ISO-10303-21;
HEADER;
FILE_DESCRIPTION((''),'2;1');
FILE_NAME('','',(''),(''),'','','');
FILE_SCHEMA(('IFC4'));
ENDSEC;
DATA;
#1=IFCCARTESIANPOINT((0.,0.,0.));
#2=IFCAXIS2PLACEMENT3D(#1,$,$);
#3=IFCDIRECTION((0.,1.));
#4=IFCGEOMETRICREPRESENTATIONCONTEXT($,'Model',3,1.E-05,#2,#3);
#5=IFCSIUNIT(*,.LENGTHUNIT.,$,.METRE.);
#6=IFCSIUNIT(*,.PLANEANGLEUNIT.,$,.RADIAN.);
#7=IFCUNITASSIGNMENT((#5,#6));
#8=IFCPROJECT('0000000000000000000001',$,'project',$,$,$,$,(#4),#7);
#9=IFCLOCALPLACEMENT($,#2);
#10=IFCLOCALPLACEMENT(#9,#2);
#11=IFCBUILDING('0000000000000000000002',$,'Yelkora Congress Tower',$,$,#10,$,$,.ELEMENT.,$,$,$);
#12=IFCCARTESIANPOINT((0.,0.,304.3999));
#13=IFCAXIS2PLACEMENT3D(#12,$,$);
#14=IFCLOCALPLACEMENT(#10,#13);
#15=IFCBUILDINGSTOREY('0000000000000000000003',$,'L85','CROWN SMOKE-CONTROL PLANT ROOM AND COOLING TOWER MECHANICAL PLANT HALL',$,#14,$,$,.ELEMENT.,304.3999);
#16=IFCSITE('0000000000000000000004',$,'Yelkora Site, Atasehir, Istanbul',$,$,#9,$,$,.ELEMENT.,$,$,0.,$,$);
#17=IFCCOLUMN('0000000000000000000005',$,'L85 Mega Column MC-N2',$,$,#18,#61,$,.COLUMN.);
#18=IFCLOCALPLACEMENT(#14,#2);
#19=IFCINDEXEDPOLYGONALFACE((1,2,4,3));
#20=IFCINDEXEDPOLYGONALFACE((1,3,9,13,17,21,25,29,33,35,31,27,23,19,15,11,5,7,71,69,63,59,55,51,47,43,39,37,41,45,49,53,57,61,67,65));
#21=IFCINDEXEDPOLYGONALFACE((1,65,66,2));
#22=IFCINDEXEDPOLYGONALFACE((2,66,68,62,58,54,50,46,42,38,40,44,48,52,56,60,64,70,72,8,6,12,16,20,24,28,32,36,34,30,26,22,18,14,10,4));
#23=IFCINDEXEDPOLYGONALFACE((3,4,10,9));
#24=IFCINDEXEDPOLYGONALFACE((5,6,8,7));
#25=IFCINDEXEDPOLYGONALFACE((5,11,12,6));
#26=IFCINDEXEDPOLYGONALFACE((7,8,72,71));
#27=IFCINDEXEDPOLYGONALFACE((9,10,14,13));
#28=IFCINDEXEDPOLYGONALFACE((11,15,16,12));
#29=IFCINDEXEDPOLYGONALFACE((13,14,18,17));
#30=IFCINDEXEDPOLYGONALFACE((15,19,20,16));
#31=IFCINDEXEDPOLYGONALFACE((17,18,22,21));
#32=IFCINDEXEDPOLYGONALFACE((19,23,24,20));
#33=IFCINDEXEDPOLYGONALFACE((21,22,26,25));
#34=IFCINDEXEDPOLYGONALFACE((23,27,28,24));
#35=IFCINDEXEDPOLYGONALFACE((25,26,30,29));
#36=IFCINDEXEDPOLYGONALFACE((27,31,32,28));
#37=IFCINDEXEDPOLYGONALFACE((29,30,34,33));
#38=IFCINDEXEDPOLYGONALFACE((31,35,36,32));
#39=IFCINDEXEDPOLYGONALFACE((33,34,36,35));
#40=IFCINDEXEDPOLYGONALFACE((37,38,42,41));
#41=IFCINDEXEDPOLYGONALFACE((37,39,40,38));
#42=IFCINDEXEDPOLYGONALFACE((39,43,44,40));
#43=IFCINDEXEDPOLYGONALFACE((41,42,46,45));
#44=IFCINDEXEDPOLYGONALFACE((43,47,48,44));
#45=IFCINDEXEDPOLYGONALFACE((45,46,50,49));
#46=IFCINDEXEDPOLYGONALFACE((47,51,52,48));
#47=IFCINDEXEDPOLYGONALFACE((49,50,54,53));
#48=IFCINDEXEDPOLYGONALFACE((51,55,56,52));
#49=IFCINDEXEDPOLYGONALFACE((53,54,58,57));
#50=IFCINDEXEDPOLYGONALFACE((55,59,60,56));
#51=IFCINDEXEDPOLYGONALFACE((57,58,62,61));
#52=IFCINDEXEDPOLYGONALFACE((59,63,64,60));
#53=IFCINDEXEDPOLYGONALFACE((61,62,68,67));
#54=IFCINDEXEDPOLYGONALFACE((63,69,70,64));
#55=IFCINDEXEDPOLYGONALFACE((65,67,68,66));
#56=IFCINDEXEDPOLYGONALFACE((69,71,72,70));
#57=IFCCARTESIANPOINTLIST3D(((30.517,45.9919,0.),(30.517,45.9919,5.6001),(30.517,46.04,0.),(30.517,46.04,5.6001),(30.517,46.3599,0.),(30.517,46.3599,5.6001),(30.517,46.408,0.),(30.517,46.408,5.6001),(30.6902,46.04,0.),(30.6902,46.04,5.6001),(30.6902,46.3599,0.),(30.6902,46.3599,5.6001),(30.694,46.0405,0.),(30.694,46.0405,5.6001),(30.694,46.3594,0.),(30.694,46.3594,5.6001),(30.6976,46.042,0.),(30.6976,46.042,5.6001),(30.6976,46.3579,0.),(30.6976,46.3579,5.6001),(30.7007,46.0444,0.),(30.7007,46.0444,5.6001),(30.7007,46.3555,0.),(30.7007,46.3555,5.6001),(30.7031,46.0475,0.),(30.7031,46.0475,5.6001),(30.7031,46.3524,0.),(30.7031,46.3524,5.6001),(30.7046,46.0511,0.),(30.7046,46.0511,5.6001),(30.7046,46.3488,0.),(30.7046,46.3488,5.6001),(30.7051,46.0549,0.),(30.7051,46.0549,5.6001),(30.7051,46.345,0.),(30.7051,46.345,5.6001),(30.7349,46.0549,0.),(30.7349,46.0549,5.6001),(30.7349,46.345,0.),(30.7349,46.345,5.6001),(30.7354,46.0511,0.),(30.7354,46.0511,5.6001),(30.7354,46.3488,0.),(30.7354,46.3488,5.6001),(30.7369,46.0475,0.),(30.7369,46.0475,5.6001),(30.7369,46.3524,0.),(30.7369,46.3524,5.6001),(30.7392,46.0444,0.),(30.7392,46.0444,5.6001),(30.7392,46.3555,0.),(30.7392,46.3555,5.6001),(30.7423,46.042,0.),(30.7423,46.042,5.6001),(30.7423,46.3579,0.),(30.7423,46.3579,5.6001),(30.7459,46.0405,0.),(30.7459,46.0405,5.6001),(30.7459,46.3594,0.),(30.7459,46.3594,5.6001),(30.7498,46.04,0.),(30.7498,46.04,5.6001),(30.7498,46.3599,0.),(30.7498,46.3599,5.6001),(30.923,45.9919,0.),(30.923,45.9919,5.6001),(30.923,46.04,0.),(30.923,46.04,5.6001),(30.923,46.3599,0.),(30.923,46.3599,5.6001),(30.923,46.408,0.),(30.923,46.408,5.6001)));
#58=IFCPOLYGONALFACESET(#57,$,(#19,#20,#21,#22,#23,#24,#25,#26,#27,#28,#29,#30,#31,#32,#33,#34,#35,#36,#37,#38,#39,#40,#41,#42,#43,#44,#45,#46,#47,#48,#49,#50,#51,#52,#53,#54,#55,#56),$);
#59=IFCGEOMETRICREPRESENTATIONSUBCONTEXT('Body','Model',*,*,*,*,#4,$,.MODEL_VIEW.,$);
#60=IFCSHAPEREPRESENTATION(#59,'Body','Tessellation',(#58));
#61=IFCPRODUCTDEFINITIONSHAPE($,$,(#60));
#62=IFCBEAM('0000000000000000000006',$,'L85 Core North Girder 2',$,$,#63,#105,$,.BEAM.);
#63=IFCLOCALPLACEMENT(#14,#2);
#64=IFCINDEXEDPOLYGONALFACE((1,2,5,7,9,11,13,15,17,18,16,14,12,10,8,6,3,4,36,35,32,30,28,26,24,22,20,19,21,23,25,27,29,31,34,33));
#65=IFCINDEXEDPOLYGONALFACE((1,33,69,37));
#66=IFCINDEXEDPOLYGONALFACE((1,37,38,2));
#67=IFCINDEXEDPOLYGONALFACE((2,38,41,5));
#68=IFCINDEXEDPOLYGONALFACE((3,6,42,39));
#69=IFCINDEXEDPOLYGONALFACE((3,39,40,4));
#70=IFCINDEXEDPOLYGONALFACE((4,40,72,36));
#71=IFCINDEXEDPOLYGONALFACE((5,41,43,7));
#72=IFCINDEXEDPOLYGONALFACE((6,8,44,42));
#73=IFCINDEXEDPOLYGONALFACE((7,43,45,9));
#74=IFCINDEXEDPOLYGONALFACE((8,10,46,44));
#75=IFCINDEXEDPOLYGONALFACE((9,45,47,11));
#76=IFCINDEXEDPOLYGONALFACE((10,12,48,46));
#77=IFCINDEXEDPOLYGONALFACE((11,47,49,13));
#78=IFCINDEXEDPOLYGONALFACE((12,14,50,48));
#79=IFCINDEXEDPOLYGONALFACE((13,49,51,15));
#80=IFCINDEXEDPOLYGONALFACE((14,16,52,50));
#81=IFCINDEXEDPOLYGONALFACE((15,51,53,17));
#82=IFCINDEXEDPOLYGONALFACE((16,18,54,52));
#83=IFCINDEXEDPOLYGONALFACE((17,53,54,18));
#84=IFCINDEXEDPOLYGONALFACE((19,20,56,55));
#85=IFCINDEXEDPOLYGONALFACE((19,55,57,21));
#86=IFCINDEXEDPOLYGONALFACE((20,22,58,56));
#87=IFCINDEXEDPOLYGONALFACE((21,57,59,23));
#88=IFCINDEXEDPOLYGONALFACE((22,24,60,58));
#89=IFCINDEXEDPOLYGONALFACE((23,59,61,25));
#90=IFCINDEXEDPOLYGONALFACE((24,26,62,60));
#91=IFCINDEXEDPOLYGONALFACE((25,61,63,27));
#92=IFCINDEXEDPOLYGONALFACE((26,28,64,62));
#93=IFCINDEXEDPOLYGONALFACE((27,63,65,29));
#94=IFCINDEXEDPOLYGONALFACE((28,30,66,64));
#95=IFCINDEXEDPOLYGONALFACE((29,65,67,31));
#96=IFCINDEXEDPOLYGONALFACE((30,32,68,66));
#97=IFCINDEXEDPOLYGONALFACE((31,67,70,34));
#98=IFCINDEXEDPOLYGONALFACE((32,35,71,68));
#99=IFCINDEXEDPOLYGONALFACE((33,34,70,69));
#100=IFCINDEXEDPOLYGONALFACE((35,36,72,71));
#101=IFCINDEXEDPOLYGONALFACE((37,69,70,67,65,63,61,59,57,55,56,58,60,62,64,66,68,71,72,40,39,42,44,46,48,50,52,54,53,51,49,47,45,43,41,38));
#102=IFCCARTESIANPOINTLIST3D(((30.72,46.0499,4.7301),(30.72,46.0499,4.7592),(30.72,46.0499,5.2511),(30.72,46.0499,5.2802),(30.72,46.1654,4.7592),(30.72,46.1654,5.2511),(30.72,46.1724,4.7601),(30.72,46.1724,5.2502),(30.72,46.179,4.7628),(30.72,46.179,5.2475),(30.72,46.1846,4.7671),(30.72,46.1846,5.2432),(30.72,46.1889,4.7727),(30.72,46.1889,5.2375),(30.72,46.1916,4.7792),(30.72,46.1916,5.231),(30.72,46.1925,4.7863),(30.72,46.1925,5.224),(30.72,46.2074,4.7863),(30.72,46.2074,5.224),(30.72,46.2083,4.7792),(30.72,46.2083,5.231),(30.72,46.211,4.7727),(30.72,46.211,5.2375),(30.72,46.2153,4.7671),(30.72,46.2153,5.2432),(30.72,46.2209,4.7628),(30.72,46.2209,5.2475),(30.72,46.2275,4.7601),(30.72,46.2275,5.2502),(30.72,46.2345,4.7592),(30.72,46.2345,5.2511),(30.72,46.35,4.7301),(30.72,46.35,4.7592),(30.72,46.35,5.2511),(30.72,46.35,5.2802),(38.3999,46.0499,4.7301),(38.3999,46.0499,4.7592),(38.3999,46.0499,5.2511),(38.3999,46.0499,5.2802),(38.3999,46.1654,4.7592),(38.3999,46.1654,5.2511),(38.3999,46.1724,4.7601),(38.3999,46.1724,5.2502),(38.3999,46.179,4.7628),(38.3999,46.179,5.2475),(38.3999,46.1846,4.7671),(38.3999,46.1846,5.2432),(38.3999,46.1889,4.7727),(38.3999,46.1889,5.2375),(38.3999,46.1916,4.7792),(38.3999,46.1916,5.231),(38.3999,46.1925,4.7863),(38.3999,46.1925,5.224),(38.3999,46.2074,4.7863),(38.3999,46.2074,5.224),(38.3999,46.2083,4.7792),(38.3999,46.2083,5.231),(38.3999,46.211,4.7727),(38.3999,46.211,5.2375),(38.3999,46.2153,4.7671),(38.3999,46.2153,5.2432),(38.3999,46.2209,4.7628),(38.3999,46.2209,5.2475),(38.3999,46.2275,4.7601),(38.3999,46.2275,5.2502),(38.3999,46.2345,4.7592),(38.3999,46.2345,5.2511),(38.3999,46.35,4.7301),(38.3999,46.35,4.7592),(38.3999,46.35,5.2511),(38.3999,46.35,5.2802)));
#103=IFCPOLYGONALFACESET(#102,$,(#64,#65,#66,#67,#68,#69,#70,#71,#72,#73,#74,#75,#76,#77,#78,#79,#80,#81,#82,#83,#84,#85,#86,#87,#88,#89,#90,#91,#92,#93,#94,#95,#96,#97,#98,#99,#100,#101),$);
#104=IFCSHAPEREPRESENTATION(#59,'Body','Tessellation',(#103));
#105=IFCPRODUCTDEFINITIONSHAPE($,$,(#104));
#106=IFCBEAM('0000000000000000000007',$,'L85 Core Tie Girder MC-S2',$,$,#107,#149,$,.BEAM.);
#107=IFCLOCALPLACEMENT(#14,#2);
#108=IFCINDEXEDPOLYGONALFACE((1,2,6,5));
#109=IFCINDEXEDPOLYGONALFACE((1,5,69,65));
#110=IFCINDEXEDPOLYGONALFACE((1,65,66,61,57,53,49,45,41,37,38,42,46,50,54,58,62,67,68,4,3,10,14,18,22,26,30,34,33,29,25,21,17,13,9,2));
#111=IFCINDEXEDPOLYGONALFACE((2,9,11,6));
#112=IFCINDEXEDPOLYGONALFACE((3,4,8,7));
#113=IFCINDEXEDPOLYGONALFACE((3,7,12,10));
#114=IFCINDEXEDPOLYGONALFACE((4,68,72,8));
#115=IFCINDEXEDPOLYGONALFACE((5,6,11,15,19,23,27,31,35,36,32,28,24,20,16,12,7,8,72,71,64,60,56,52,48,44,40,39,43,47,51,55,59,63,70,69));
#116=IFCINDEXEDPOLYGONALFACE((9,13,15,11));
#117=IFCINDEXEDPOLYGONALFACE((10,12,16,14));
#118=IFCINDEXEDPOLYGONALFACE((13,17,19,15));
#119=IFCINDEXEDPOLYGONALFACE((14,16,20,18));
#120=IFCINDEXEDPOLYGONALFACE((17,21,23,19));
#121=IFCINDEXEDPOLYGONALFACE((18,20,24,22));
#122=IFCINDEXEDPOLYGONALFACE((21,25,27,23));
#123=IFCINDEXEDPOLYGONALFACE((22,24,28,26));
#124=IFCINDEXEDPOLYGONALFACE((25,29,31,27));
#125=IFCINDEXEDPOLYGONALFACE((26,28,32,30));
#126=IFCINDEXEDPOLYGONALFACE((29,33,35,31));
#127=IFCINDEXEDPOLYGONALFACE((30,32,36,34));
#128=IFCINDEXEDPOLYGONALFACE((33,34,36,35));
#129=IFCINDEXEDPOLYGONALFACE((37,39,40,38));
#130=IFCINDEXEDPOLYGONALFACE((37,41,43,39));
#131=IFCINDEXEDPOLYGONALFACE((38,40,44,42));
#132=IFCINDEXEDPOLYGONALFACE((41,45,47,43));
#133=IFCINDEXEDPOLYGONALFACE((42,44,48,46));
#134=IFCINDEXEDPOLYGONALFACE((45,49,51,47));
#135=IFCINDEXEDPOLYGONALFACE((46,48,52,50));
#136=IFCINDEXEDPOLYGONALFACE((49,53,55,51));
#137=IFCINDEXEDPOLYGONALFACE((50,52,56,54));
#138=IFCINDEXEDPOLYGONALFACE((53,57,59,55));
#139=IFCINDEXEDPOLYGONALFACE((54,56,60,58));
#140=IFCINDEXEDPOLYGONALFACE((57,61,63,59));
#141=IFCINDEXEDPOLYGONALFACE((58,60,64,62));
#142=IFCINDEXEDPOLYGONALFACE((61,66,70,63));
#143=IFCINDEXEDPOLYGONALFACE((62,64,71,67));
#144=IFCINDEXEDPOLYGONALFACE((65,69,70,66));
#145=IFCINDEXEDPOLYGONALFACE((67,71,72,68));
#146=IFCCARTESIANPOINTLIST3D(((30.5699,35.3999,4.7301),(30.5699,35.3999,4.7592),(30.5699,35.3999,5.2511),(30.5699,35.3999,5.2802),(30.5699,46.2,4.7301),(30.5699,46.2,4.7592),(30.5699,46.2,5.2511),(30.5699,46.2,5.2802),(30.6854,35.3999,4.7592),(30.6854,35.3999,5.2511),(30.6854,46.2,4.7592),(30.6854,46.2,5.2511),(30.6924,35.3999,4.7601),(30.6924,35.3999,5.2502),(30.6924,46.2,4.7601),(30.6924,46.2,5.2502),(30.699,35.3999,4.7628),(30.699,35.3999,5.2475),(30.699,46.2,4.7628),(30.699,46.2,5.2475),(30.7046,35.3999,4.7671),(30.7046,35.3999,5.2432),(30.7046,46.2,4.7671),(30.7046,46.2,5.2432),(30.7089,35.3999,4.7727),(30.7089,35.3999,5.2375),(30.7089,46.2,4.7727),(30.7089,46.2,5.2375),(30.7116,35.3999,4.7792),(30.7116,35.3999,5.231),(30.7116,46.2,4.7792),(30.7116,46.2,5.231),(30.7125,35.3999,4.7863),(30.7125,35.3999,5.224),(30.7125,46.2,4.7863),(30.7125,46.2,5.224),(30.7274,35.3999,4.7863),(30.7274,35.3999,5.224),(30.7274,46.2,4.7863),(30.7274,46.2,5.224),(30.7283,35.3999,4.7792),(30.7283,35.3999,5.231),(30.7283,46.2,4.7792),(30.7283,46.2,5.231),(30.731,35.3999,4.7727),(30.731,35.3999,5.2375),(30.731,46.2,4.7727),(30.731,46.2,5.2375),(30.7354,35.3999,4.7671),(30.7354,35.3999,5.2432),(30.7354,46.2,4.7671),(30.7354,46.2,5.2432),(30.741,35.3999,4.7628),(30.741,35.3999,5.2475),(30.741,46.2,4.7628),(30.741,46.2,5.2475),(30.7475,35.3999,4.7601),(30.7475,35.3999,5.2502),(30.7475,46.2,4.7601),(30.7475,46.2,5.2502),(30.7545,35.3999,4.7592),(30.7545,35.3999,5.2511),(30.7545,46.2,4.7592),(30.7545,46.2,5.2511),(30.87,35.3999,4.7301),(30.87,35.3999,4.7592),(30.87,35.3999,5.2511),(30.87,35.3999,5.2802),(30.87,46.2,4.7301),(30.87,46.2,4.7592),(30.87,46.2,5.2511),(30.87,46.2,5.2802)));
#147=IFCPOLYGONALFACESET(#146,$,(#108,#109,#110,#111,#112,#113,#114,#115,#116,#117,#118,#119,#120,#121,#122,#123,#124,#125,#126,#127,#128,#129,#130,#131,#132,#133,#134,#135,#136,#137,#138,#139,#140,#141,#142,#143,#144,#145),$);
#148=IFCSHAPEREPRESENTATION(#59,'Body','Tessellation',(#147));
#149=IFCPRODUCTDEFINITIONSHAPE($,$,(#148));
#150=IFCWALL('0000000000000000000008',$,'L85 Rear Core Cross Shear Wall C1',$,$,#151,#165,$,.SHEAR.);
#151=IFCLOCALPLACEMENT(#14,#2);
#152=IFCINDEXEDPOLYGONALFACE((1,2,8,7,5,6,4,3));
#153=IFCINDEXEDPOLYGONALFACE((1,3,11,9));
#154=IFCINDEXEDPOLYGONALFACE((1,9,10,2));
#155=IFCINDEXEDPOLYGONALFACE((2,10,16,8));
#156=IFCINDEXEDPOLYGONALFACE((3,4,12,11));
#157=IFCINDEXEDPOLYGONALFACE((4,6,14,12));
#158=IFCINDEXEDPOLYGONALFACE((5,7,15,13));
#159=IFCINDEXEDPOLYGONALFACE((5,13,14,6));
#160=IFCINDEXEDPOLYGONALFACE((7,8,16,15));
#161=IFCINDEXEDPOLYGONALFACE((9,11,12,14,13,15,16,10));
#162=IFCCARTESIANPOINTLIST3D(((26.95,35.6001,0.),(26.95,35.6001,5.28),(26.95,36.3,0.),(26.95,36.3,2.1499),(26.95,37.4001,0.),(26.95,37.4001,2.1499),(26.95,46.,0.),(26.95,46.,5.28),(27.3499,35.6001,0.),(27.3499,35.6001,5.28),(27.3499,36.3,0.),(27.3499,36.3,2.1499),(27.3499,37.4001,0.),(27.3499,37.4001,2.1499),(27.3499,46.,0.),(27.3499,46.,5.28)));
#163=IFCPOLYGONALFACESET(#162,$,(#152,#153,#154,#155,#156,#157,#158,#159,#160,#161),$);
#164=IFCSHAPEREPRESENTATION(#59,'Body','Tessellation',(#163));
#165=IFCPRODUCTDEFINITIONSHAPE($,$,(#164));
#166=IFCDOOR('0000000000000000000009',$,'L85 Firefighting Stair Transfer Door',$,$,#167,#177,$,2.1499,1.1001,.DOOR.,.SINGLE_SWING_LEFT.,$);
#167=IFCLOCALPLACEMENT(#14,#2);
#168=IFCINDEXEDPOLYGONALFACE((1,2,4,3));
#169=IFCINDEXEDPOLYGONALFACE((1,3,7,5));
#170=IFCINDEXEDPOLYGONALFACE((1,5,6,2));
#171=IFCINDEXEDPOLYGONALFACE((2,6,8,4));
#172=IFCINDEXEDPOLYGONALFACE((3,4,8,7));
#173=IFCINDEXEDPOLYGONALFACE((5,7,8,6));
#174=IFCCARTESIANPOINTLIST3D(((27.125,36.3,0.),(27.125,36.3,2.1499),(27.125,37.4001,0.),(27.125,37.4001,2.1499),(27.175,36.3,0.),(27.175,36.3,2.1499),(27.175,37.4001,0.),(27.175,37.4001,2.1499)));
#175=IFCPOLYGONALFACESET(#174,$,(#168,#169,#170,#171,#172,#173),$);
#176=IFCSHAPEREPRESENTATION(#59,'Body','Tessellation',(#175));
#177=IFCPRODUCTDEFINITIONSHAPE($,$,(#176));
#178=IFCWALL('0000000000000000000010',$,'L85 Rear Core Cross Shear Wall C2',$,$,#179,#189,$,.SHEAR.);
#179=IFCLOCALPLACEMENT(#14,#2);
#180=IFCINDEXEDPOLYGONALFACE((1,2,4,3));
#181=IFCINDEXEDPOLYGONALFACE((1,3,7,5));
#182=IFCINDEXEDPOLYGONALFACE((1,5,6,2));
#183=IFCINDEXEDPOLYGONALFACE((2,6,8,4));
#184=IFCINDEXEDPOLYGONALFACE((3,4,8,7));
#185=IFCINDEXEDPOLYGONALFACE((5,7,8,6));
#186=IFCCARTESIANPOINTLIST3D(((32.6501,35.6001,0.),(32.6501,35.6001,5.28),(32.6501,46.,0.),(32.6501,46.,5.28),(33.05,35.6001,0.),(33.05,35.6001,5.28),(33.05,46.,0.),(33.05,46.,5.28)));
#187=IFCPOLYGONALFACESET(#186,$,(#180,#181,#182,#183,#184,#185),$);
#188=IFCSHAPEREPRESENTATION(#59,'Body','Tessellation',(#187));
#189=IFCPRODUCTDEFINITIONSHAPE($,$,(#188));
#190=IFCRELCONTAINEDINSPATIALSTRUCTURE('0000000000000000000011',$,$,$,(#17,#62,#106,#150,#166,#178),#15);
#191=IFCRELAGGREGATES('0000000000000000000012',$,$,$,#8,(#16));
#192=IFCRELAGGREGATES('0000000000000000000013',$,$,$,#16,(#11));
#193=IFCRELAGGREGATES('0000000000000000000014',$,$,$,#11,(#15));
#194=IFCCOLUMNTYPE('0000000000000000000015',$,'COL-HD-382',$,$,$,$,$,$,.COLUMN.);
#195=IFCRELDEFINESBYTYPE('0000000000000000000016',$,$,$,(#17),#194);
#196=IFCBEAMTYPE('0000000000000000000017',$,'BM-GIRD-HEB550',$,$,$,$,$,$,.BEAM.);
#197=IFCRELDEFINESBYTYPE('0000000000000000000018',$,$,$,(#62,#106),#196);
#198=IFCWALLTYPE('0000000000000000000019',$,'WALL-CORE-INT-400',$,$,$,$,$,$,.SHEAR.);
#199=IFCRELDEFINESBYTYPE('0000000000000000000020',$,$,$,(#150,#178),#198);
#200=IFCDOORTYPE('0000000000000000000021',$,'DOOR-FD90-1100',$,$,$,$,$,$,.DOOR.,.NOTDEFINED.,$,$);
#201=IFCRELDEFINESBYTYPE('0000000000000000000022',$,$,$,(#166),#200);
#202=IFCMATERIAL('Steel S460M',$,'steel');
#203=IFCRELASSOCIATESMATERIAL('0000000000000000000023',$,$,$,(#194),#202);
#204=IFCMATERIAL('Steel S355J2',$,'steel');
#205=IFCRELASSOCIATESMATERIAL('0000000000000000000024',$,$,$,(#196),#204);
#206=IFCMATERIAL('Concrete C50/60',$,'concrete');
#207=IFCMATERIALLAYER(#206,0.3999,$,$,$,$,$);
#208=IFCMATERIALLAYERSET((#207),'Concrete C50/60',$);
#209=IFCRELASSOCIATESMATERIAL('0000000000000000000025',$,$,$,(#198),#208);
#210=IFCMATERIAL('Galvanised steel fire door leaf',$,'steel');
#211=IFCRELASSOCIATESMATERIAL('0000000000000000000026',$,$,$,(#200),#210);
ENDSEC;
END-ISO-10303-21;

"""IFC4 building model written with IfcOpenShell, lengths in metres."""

from ifc_helpers import new_model, si_unit, direction, frame, frame_2d, origin, origin_2d, place, context, subcontext, project, spatial, rectangle, i_section, extrude, material, layer, layer_set, material_profile, profile_set, type_object, element, fill, save


model = new_model("IFC4")

# Units and contexts
model_context = context("Model", 3, precision=1e-05, world=origin(), true_north=direction((0.0, 1.0)))
body_context = subcontext(model_context, "Body", "Model", "MODEL_VIEW")
ifc_project = project(units=[si_unit("LENGTHUNIT", "METRE"), si_unit("PLANEANGLEUNIT", "RADIAN")], contexts=[model_context])

# Site, building, storey
site_placement = place(None, origin())
site = spatial("IfcSite", under=ifc_project, at=site_placement, Name="Yelkora Site, Atasehir, Istanbul", CompositionType="ELEMENT", RefElevation=0.0)
building_placement = place(site_placement, origin())
building = spatial("IfcBuilding", under=site, at=building_placement, Name="Yelkora Congress Tower", CompositionType="ELEMENT")
storey_placement = place(building_placement, frame((0.0, 0.0, 304.3999)))
storey = spatial("IfcBuildingStorey", under=building, at=storey_placement, Name="L85", Description="CROWN SMOKE-CONTROL PLANT ROOM AND COOLING TOWER MECHANICAL PLANT HALL", CompositionType="ELEMENT", Elevation=304.3999)

# Column
ifc_material_1 = material(Name="Steel S460M", Category="steel")
ifc_material_profile_1 = material_profile(ifc_material_1, i_section(OverallWidth=0.406, OverallDepth=0.416, WebThickness=0.0298, FlangeThickness=0.0481, FilletRadius=0.0149, at=origin_2d()), Name="HD 400x382")
ifc_profile_set_1 = profile_set([ifc_material_profile_1], Name="Steel S460M")
column_type = type_object("IfcColumnType", Name="COL-HD-382", PredefinedType="COLUMN", material=ifc_profile_set_1)
column_placement = place(storey_placement, frame((30.72, 46.2, 0.0), z_axis=(0.0, 0.0, 1.0), x_axis=(1.0, 0.0, 0.0)))
element("IfcColumn", 1, at=column_placement, inside=storey, type_object=column_type, Name="L85 Mega Column MC-N2", PredefinedType="COLUMN", context=body_context, shape_type="SweptSolid", body=[
    extrude(i_section(OverallWidth=0.406, OverallDepth=0.416, WebThickness=0.0298, FlangeThickness=0.0481, FilletRadius=0.0149, at=origin_2d()), origin(), (0.0, 0.0, 1.0), 5.6001),
])

# Beams
ifc_material_2 = material(Name="Steel S355J2", Category="steel")
ifc_material_profile_2 = material_profile(ifc_material_2, i_section(OverallWidth=0.3, OverallDepth=0.55, WebThickness=0.0149, FlangeThickness=0.0291, FilletRadius=0.0271, at=origin_2d()), Name="HEB 550")
ifc_profile_set_2 = profile_set([ifc_material_profile_2], Name="Steel S355J2")
beam_type = type_object("IfcBeamType", Name="BM-GIRD-HEB550", PredefinedType="BEAM", material=ifc_profile_set_2)
beam_1_placement = place(storey_placement, frame((30.72, 46.2, 5.0051), z_axis=(1.0, 0.0, 0.0), x_axis=(0.0, 1.0, 0.0)))
element("IfcBeam", 2, at=beam_1_placement, inside=storey, type_object=beam_type, Name="L85 Core North Girder 2", PredefinedType="BEAM", context=body_context, shape_type="SweptSolid", body=[
    extrude(i_section(OverallWidth=0.3, OverallDepth=0.55, WebThickness=0.0149, FlangeThickness=0.0291, FilletRadius=0.0271, at=origin_2d()), origin(), (0.0, 0.0, 1.0), 7.6799),
])
beam_2_placement = place(storey_placement, frame((30.72, 35.3999, 5.0051), z_axis=(0.0, 1.0, 0.0), x_axis=(-1.0, 0.0, 0.0)))
element("IfcBeam", 3, at=beam_2_placement, inside=storey, type_object=beam_type, Name="L85 Core Tie Girder MC-S2", PredefinedType="BEAM", context=body_context, shape_type="SweptSolid", body=[
    extrude(i_section(OverallWidth=0.3, OverallDepth=0.55, WebThickness=0.0149, FlangeThickness=0.0291, FilletRadius=0.0271, at=origin_2d()), origin(), (0.0, 0.0, 1.0), 10.8),
])

# Wall, opening, door
ifc_material_3 = material(Name="Concrete C50/60", Category="concrete")
ifc_layer_1 = layer(ifc_material_3, 0.3999)
ifc_layer_set_1 = layer_set([ifc_layer_1], Name="Concrete C50/60")
wall_type_1 = type_object("IfcWallType", Name="WALL-CORE-INT-400", PredefinedType="SHEAR", material=ifc_layer_set_1)
wall_1_placement = place(storey_placement, frame((27.1499, 35.6001, 0.0), z_axis=(0.0, 0.0, 1.0), x_axis=(0.0, 1.0, 0.0)))
wall_1 = element("IfcWall", 4, at=wall_1_placement, inside=storey, type_object=wall_type_1, Name="L85 Rear Core Cross Shear Wall C1", PredefinedType="SHEAR", context=body_context, shape_type="SweptSolid", body=[
    extrude(rectangle(XDim=10.3999, YDim=0.3999, at=frame_2d((5.2, 0.0))), origin(), (0.0, 0.0, 1.0), 5.28),
])
opening_1_placement = place(wall_1_placement, frame((0.7, 0.0, 0.0)))
opening_1 = element("IfcOpeningElement", 5, at=opening_1_placement, cuts=wall_1, PredefinedType="OPENING", context=body_context, shape_type="SweptSolid", body=[
    extrude(rectangle(XDim=1.1001, YDim=2.1499, at=frame_2d((0.55, 1.075))), frame((0.0, 0.21, 0.0), z_axis=(0.0, -1.0, 0.0), x_axis=(1.0, 0.0, 0.0)), (0.0, 0.0, 1.0), 0.4199),
])
ifc_material_4 = material(Name="Galvanised steel fire door leaf", Category="steel")
door_type_1 = type_object("IfcDoorType", Name="DOOR-FD90-1100", OperationType="NOTDEFINED", PredefinedType="DOOR", material=ifc_material_4)
door_1_placement = place(opening_1_placement, origin())
door_1 = element("IfcDoor", 6, at=door_1_placement, inside=storey, type_object=door_type_1, Name="L85 Firefighting Stair Transfer Door", OperationType="SINGLE_SWING_LEFT", OverallHeight=2.1499, OverallWidth=1.1001, PredefinedType="DOOR", context=body_context, shape_type="SweptSolid", body=[
    extrude(rectangle(XDim=1.1001, YDim=2.1499, at=frame_2d((0.55, 1.075))), frame((0.0, 0.0249, 0.0), z_axis=(0.0, -1.0, 0.0), x_axis=(1.0, 0.0, 0.0)), (0.0, 0.0, 1.0), 0.05),
])
fill(opening_1, door_1)

# Wall
wall_2_placement = place(storey_placement, frame((32.8501, 35.6001, 0.0), z_axis=(0.0, 0.0, 1.0), x_axis=(0.0, 1.0, 0.0)))
element("IfcWall", 7, at=wall_2_placement, inside=storey, type_object=wall_type_1, Name="L85 Rear Core Cross Shear Wall C2", PredefinedType="SHEAR", context=body_context, shape_type="SweptSolid", body=[
    extrude(rectangle(XDim=10.3999, YDim=0.3999, at=frame_2d((5.2, 0.0))), origin(), (0.0, 0.0, 1.0), 5.28),
])

save(model, "model.ifc")
